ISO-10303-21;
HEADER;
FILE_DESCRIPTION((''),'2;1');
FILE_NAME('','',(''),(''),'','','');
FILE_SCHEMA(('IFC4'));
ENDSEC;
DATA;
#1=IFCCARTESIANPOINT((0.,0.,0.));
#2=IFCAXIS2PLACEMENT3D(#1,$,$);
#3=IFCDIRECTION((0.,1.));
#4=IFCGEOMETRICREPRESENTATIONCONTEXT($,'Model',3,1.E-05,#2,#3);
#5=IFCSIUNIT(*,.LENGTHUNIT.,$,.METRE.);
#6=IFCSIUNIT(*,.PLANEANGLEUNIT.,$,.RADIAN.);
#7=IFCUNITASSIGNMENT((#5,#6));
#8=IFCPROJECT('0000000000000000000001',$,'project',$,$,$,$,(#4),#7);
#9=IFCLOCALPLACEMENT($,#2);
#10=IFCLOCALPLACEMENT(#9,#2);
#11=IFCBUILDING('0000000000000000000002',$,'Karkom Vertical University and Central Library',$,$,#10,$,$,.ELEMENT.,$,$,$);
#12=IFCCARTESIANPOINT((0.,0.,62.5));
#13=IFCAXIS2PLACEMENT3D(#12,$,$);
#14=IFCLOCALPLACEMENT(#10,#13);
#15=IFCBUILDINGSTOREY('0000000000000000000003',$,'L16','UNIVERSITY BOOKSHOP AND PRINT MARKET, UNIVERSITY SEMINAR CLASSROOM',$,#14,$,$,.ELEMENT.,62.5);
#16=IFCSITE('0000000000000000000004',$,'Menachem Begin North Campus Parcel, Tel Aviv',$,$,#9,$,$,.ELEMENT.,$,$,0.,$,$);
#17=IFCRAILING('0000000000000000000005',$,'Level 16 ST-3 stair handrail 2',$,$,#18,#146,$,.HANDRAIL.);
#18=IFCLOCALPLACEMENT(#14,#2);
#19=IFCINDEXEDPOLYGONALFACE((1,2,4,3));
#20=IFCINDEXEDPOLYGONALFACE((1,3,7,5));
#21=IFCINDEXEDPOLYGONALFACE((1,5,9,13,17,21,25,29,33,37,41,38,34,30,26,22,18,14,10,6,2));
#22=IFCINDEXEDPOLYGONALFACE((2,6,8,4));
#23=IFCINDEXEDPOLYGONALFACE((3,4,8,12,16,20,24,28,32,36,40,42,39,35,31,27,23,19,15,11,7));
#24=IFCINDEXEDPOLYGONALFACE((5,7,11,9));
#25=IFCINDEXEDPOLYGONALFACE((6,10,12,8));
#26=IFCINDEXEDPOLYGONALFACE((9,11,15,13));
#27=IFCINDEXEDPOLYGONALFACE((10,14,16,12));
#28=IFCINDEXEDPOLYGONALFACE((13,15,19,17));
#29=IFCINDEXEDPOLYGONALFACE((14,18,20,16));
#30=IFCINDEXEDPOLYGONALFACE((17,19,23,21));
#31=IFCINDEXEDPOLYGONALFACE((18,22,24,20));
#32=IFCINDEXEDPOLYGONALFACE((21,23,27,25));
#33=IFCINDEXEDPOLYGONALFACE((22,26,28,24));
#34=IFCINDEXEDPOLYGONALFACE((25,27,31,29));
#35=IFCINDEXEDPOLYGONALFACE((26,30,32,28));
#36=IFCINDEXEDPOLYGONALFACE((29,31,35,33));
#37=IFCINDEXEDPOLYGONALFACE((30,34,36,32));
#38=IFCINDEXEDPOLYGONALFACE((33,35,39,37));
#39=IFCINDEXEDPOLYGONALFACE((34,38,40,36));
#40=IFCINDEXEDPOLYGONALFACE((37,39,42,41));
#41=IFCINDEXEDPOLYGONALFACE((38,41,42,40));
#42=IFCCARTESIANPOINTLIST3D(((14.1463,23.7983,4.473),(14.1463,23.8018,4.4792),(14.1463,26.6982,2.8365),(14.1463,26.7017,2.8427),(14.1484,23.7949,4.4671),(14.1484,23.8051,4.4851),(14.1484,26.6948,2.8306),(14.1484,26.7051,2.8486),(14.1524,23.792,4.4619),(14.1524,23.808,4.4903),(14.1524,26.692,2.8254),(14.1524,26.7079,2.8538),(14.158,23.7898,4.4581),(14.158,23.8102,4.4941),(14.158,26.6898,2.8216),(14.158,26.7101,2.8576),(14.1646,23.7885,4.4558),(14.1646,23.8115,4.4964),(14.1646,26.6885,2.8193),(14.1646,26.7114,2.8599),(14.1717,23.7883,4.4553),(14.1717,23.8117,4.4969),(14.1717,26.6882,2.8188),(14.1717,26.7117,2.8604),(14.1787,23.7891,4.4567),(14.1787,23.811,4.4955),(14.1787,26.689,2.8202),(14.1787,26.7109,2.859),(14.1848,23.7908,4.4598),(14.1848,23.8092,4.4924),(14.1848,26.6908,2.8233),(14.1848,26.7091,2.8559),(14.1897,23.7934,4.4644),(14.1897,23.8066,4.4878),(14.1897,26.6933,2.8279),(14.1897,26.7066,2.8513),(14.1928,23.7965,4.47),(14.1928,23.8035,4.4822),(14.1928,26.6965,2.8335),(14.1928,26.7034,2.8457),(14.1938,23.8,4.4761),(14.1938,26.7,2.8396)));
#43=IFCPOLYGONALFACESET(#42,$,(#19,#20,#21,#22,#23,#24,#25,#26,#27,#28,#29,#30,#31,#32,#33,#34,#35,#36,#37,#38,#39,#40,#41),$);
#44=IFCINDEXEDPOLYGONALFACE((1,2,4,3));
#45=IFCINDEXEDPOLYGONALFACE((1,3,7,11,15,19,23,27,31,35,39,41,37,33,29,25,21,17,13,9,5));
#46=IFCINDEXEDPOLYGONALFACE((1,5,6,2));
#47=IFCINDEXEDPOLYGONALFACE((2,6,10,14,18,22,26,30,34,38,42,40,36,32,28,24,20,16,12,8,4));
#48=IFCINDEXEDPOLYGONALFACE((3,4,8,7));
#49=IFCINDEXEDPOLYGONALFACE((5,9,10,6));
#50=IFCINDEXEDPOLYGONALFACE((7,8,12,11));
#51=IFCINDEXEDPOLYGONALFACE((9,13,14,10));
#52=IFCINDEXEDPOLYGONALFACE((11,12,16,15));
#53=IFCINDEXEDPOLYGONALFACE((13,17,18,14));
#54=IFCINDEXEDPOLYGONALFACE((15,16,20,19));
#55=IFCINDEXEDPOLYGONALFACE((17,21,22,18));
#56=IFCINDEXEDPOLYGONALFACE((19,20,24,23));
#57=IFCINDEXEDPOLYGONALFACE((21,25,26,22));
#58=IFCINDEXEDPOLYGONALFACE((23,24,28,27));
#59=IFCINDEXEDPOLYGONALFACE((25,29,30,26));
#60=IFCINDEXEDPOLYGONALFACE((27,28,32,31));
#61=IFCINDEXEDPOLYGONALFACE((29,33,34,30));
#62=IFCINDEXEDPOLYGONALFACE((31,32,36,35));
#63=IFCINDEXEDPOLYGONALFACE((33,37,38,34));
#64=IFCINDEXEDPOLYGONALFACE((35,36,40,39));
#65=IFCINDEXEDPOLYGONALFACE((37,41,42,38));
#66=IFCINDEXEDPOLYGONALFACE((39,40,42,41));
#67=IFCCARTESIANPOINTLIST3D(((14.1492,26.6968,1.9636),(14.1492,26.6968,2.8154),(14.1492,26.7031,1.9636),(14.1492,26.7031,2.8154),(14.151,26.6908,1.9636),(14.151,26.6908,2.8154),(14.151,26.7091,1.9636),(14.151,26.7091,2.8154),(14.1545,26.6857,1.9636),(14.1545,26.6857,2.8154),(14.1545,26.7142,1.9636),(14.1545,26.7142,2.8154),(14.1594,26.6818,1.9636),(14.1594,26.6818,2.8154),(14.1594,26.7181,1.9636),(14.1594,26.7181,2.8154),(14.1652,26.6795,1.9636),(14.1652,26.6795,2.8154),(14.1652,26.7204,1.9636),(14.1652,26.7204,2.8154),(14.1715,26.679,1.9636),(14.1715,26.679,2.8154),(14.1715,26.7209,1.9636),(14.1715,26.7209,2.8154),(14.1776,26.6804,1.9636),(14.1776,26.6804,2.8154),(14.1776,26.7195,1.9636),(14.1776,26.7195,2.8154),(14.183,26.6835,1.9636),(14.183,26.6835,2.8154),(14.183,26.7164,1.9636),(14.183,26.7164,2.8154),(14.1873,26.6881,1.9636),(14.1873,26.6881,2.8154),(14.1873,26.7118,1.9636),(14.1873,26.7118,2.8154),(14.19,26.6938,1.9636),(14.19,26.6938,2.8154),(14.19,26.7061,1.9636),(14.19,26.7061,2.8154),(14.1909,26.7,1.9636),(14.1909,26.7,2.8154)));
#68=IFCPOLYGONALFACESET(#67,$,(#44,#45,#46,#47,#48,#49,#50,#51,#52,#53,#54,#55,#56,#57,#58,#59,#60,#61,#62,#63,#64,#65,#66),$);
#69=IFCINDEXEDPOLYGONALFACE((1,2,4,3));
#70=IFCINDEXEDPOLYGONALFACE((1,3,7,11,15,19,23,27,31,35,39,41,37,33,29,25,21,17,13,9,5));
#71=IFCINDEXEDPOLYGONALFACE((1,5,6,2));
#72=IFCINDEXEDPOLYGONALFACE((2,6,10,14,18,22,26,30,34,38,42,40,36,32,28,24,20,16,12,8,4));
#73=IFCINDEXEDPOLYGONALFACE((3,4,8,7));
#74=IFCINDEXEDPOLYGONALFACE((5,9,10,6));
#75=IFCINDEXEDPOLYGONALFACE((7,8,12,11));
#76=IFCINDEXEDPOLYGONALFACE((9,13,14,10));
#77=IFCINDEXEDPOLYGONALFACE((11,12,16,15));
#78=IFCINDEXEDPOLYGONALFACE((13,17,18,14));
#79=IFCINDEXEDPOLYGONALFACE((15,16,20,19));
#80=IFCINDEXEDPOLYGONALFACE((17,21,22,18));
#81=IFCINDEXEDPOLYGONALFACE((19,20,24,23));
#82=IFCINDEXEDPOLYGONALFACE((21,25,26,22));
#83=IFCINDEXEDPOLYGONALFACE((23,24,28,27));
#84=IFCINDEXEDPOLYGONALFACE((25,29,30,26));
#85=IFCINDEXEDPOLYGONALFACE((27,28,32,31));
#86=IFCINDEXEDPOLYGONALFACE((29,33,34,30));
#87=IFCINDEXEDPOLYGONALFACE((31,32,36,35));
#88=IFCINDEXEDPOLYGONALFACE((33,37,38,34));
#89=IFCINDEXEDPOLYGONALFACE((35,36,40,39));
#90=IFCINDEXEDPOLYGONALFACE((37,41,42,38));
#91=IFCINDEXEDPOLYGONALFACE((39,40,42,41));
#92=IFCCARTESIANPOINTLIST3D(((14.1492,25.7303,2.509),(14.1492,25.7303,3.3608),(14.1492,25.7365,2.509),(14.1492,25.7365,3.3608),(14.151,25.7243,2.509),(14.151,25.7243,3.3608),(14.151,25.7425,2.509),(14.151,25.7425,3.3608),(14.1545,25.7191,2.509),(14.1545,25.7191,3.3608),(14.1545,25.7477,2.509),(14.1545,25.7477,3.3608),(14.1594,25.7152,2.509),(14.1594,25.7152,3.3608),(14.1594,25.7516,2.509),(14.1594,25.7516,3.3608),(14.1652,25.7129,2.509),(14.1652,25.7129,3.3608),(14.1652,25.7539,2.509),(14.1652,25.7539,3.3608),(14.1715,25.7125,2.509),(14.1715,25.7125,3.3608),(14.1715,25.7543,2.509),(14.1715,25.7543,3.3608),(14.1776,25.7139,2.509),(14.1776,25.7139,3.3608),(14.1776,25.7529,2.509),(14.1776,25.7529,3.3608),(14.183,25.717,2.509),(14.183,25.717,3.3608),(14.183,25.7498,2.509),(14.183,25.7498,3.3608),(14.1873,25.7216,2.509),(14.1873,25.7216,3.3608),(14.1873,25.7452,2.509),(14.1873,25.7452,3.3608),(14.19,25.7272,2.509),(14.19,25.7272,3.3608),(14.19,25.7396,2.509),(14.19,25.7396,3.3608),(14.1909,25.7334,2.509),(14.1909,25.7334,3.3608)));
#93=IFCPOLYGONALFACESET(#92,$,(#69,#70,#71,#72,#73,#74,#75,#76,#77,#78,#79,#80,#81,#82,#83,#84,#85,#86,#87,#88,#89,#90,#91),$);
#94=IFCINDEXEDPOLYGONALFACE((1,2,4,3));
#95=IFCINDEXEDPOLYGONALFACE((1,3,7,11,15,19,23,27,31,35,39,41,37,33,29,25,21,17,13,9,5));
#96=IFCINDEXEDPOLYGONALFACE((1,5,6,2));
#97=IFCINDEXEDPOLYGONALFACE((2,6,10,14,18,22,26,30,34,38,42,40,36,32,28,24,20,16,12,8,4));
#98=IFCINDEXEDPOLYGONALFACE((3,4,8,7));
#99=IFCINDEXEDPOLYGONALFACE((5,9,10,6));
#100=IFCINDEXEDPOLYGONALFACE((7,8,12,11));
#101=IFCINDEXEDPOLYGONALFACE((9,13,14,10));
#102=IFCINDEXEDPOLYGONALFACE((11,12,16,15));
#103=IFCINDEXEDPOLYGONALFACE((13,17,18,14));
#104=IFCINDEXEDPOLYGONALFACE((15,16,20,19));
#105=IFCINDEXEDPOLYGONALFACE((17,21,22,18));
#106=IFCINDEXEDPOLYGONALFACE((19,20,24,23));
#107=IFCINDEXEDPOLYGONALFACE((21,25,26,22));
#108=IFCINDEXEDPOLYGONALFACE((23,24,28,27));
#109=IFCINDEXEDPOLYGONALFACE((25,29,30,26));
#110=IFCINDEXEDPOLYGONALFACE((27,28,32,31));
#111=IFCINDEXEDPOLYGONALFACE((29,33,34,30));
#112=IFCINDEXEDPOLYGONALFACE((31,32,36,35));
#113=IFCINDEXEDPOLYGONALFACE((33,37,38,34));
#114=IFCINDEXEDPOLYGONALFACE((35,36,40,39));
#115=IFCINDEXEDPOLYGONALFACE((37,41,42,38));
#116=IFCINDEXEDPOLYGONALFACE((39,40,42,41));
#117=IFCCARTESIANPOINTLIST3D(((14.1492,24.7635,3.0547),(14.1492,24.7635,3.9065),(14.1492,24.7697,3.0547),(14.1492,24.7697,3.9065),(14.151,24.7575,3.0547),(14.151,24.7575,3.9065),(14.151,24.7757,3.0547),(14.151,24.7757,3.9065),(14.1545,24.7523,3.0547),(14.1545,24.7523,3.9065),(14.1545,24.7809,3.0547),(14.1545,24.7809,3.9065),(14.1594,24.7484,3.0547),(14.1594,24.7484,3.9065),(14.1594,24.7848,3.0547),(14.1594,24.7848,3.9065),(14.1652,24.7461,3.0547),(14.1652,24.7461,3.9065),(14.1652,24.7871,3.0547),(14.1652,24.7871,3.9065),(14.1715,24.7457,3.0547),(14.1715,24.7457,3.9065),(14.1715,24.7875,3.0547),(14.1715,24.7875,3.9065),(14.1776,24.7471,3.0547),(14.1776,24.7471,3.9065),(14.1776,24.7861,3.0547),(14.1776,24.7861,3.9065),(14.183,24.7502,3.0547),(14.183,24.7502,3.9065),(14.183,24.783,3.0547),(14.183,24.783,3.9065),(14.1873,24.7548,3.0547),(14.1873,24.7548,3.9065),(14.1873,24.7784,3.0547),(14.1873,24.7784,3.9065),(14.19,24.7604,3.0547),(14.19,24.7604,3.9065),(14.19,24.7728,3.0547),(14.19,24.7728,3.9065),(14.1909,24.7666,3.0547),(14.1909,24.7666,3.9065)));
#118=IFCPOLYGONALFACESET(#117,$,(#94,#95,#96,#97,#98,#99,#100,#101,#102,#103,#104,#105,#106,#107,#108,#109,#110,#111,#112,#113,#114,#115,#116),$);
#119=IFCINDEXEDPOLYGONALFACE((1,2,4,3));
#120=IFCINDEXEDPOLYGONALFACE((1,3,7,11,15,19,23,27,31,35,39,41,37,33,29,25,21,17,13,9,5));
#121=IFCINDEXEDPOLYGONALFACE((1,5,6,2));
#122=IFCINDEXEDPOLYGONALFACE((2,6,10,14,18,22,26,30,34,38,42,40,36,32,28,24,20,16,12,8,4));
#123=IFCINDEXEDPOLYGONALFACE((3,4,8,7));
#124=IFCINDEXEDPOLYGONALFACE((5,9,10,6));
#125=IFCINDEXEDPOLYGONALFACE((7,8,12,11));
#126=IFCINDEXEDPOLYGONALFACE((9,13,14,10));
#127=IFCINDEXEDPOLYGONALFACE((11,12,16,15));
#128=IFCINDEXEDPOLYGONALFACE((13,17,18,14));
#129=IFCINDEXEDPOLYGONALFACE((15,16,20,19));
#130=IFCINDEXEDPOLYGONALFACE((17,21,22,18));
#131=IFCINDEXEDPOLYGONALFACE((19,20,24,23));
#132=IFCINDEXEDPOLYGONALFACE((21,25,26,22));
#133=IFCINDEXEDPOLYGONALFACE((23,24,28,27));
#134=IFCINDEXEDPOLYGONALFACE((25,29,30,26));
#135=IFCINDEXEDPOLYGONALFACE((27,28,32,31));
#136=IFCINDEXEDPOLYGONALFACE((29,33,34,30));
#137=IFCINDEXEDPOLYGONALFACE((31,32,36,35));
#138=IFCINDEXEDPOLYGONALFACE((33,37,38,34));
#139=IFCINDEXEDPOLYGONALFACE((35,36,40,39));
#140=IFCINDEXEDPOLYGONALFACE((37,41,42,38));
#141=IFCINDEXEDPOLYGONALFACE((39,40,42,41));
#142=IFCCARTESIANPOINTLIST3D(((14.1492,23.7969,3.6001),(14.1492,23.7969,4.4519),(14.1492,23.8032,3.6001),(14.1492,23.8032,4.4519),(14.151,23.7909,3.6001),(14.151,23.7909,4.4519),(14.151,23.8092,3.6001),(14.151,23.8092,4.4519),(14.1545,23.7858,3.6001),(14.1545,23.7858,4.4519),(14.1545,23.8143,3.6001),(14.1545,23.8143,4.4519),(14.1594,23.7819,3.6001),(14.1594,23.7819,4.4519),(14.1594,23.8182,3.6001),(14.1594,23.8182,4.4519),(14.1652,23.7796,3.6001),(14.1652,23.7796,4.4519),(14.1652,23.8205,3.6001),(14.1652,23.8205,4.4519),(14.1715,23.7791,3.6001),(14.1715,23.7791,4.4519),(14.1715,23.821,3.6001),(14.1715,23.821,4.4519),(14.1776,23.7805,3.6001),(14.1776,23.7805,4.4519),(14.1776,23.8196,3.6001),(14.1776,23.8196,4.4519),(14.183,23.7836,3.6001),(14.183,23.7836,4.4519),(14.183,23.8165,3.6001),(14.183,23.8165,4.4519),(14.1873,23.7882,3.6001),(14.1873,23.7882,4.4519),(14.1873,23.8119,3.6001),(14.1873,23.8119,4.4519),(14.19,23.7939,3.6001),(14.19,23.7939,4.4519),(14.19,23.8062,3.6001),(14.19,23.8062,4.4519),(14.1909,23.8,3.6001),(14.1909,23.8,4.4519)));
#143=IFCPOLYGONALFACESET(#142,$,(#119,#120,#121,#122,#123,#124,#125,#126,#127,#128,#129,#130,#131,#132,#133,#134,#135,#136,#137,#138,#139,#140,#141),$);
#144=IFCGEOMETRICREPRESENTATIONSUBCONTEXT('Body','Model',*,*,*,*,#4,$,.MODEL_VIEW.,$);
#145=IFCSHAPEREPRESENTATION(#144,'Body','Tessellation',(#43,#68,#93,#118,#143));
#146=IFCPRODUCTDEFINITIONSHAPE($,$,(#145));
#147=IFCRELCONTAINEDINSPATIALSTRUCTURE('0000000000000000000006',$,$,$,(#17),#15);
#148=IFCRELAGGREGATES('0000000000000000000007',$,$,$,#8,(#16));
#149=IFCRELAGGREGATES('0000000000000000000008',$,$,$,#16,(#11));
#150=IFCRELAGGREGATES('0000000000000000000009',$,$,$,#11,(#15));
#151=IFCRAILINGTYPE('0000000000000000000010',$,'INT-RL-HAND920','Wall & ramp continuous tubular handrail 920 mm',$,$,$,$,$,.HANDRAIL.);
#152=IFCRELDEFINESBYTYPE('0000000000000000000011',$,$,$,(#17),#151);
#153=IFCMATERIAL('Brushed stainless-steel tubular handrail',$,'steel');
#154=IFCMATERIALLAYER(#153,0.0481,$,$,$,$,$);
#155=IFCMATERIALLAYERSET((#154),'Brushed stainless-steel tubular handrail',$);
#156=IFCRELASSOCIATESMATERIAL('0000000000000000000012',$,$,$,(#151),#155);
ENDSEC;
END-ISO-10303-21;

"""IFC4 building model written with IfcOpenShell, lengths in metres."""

from ifc_helpers import new_model, si_unit, direction, frame, origin, origin_2d, place, context, subcontext, project, spatial, circle, extrude, material, layer, layer_set, type_object, element, save


model = new_model("IFC4")

# Units and contexts
model_context = context("Model", 3, precision=1e-05, world=origin(), true_north=direction((0.0, 1.0)))
body_context = subcontext(model_context, "Body", "Model", "MODEL_VIEW")
ifc_project = project(units=[si_unit("LENGTHUNIT", "METRE"), si_unit("PLANEANGLEUNIT", "RADIAN")], contexts=[model_context])

# Site, building, storey
site_placement = place(None, origin())
site = spatial("IfcSite", under=ifc_project, at=site_placement, Name="Menachem Begin North Campus Parcel, Tel Aviv", CompositionType="ELEMENT", RefElevation=0.0)
building_placement = place(site_placement, origin())
building = spatial("IfcBuilding", under=site, at=building_placement, Name="Karkom Vertical University and Central Library", CompositionType="ELEMENT")
storey_placement = place(building_placement, frame((0.0, 0.0, 62.5)))
storey = spatial("IfcBuildingStorey", under=building, at=storey_placement, Name="L16", Description="UNIVERSITY BOOKSHOP AND PRINT MARKET, UNIVERSITY SEMINAR CLASSROOM", CompositionType="ELEMENT", Elevation=62.5)

# Railing
ifc_material_1 = material(Name="Brushed stainless-steel tubular handrail", Category="steel")
ifc_layer_1 = layer(ifc_material_1, 0.0481)
ifc_layer_set_1 = layer_set([ifc_layer_1], Name="Brushed stainless-steel tubular handrail")
railing_type_1 = type_object("IfcRailingType", Name="INT-RL-HAND920", Description="Wall & ramp continuous tubular handrail 920 mm", PredefinedType="HANDRAIL", material=ifc_layer_set_1)
railing_1_placement = place(storey_placement, frame((14.1699, 26.7, 1.9636)))
element("IfcRailing", 1, at=railing_1_placement, inside=storey, type_object=railing_type_1, Name="Level 16 ST-3 stair handrail 2", PredefinedType="HANDRAIL", context=body_context, shape_type="SweptSolid", body=[
    extrude(circle(Radius=0.0239, at=origin_2d()), frame((0.0, 0.0, 0.876), z_axis=(0.0, -0.870897, 0.491465), x_axis=(1.0, 0.0, 0.0)), (0.0, 0.0, 1.0), 3.3298),
    extrude(circle(Radius=0.021, at=origin_2d()), origin(), (0.0, 0.0, 1.0), 0.8518),
    extrude(circle(Radius=0.021, at=origin_2d()), frame((0.0, -0.9666, 0.5454)), (0.0, 0.0, 1.0), 0.8518),
    extrude(circle(Radius=0.021, at=origin_2d()), frame((0.0, -1.9333, 1.0911)), (0.0, 0.0, 1.0), 0.8518),
    extrude(circle(Radius=0.021, at=origin_2d()), frame((0.0, -2.8999, 1.6365)), (0.0, 0.0, 1.0), 0.8518),
])

save(model, "model.ifc")
